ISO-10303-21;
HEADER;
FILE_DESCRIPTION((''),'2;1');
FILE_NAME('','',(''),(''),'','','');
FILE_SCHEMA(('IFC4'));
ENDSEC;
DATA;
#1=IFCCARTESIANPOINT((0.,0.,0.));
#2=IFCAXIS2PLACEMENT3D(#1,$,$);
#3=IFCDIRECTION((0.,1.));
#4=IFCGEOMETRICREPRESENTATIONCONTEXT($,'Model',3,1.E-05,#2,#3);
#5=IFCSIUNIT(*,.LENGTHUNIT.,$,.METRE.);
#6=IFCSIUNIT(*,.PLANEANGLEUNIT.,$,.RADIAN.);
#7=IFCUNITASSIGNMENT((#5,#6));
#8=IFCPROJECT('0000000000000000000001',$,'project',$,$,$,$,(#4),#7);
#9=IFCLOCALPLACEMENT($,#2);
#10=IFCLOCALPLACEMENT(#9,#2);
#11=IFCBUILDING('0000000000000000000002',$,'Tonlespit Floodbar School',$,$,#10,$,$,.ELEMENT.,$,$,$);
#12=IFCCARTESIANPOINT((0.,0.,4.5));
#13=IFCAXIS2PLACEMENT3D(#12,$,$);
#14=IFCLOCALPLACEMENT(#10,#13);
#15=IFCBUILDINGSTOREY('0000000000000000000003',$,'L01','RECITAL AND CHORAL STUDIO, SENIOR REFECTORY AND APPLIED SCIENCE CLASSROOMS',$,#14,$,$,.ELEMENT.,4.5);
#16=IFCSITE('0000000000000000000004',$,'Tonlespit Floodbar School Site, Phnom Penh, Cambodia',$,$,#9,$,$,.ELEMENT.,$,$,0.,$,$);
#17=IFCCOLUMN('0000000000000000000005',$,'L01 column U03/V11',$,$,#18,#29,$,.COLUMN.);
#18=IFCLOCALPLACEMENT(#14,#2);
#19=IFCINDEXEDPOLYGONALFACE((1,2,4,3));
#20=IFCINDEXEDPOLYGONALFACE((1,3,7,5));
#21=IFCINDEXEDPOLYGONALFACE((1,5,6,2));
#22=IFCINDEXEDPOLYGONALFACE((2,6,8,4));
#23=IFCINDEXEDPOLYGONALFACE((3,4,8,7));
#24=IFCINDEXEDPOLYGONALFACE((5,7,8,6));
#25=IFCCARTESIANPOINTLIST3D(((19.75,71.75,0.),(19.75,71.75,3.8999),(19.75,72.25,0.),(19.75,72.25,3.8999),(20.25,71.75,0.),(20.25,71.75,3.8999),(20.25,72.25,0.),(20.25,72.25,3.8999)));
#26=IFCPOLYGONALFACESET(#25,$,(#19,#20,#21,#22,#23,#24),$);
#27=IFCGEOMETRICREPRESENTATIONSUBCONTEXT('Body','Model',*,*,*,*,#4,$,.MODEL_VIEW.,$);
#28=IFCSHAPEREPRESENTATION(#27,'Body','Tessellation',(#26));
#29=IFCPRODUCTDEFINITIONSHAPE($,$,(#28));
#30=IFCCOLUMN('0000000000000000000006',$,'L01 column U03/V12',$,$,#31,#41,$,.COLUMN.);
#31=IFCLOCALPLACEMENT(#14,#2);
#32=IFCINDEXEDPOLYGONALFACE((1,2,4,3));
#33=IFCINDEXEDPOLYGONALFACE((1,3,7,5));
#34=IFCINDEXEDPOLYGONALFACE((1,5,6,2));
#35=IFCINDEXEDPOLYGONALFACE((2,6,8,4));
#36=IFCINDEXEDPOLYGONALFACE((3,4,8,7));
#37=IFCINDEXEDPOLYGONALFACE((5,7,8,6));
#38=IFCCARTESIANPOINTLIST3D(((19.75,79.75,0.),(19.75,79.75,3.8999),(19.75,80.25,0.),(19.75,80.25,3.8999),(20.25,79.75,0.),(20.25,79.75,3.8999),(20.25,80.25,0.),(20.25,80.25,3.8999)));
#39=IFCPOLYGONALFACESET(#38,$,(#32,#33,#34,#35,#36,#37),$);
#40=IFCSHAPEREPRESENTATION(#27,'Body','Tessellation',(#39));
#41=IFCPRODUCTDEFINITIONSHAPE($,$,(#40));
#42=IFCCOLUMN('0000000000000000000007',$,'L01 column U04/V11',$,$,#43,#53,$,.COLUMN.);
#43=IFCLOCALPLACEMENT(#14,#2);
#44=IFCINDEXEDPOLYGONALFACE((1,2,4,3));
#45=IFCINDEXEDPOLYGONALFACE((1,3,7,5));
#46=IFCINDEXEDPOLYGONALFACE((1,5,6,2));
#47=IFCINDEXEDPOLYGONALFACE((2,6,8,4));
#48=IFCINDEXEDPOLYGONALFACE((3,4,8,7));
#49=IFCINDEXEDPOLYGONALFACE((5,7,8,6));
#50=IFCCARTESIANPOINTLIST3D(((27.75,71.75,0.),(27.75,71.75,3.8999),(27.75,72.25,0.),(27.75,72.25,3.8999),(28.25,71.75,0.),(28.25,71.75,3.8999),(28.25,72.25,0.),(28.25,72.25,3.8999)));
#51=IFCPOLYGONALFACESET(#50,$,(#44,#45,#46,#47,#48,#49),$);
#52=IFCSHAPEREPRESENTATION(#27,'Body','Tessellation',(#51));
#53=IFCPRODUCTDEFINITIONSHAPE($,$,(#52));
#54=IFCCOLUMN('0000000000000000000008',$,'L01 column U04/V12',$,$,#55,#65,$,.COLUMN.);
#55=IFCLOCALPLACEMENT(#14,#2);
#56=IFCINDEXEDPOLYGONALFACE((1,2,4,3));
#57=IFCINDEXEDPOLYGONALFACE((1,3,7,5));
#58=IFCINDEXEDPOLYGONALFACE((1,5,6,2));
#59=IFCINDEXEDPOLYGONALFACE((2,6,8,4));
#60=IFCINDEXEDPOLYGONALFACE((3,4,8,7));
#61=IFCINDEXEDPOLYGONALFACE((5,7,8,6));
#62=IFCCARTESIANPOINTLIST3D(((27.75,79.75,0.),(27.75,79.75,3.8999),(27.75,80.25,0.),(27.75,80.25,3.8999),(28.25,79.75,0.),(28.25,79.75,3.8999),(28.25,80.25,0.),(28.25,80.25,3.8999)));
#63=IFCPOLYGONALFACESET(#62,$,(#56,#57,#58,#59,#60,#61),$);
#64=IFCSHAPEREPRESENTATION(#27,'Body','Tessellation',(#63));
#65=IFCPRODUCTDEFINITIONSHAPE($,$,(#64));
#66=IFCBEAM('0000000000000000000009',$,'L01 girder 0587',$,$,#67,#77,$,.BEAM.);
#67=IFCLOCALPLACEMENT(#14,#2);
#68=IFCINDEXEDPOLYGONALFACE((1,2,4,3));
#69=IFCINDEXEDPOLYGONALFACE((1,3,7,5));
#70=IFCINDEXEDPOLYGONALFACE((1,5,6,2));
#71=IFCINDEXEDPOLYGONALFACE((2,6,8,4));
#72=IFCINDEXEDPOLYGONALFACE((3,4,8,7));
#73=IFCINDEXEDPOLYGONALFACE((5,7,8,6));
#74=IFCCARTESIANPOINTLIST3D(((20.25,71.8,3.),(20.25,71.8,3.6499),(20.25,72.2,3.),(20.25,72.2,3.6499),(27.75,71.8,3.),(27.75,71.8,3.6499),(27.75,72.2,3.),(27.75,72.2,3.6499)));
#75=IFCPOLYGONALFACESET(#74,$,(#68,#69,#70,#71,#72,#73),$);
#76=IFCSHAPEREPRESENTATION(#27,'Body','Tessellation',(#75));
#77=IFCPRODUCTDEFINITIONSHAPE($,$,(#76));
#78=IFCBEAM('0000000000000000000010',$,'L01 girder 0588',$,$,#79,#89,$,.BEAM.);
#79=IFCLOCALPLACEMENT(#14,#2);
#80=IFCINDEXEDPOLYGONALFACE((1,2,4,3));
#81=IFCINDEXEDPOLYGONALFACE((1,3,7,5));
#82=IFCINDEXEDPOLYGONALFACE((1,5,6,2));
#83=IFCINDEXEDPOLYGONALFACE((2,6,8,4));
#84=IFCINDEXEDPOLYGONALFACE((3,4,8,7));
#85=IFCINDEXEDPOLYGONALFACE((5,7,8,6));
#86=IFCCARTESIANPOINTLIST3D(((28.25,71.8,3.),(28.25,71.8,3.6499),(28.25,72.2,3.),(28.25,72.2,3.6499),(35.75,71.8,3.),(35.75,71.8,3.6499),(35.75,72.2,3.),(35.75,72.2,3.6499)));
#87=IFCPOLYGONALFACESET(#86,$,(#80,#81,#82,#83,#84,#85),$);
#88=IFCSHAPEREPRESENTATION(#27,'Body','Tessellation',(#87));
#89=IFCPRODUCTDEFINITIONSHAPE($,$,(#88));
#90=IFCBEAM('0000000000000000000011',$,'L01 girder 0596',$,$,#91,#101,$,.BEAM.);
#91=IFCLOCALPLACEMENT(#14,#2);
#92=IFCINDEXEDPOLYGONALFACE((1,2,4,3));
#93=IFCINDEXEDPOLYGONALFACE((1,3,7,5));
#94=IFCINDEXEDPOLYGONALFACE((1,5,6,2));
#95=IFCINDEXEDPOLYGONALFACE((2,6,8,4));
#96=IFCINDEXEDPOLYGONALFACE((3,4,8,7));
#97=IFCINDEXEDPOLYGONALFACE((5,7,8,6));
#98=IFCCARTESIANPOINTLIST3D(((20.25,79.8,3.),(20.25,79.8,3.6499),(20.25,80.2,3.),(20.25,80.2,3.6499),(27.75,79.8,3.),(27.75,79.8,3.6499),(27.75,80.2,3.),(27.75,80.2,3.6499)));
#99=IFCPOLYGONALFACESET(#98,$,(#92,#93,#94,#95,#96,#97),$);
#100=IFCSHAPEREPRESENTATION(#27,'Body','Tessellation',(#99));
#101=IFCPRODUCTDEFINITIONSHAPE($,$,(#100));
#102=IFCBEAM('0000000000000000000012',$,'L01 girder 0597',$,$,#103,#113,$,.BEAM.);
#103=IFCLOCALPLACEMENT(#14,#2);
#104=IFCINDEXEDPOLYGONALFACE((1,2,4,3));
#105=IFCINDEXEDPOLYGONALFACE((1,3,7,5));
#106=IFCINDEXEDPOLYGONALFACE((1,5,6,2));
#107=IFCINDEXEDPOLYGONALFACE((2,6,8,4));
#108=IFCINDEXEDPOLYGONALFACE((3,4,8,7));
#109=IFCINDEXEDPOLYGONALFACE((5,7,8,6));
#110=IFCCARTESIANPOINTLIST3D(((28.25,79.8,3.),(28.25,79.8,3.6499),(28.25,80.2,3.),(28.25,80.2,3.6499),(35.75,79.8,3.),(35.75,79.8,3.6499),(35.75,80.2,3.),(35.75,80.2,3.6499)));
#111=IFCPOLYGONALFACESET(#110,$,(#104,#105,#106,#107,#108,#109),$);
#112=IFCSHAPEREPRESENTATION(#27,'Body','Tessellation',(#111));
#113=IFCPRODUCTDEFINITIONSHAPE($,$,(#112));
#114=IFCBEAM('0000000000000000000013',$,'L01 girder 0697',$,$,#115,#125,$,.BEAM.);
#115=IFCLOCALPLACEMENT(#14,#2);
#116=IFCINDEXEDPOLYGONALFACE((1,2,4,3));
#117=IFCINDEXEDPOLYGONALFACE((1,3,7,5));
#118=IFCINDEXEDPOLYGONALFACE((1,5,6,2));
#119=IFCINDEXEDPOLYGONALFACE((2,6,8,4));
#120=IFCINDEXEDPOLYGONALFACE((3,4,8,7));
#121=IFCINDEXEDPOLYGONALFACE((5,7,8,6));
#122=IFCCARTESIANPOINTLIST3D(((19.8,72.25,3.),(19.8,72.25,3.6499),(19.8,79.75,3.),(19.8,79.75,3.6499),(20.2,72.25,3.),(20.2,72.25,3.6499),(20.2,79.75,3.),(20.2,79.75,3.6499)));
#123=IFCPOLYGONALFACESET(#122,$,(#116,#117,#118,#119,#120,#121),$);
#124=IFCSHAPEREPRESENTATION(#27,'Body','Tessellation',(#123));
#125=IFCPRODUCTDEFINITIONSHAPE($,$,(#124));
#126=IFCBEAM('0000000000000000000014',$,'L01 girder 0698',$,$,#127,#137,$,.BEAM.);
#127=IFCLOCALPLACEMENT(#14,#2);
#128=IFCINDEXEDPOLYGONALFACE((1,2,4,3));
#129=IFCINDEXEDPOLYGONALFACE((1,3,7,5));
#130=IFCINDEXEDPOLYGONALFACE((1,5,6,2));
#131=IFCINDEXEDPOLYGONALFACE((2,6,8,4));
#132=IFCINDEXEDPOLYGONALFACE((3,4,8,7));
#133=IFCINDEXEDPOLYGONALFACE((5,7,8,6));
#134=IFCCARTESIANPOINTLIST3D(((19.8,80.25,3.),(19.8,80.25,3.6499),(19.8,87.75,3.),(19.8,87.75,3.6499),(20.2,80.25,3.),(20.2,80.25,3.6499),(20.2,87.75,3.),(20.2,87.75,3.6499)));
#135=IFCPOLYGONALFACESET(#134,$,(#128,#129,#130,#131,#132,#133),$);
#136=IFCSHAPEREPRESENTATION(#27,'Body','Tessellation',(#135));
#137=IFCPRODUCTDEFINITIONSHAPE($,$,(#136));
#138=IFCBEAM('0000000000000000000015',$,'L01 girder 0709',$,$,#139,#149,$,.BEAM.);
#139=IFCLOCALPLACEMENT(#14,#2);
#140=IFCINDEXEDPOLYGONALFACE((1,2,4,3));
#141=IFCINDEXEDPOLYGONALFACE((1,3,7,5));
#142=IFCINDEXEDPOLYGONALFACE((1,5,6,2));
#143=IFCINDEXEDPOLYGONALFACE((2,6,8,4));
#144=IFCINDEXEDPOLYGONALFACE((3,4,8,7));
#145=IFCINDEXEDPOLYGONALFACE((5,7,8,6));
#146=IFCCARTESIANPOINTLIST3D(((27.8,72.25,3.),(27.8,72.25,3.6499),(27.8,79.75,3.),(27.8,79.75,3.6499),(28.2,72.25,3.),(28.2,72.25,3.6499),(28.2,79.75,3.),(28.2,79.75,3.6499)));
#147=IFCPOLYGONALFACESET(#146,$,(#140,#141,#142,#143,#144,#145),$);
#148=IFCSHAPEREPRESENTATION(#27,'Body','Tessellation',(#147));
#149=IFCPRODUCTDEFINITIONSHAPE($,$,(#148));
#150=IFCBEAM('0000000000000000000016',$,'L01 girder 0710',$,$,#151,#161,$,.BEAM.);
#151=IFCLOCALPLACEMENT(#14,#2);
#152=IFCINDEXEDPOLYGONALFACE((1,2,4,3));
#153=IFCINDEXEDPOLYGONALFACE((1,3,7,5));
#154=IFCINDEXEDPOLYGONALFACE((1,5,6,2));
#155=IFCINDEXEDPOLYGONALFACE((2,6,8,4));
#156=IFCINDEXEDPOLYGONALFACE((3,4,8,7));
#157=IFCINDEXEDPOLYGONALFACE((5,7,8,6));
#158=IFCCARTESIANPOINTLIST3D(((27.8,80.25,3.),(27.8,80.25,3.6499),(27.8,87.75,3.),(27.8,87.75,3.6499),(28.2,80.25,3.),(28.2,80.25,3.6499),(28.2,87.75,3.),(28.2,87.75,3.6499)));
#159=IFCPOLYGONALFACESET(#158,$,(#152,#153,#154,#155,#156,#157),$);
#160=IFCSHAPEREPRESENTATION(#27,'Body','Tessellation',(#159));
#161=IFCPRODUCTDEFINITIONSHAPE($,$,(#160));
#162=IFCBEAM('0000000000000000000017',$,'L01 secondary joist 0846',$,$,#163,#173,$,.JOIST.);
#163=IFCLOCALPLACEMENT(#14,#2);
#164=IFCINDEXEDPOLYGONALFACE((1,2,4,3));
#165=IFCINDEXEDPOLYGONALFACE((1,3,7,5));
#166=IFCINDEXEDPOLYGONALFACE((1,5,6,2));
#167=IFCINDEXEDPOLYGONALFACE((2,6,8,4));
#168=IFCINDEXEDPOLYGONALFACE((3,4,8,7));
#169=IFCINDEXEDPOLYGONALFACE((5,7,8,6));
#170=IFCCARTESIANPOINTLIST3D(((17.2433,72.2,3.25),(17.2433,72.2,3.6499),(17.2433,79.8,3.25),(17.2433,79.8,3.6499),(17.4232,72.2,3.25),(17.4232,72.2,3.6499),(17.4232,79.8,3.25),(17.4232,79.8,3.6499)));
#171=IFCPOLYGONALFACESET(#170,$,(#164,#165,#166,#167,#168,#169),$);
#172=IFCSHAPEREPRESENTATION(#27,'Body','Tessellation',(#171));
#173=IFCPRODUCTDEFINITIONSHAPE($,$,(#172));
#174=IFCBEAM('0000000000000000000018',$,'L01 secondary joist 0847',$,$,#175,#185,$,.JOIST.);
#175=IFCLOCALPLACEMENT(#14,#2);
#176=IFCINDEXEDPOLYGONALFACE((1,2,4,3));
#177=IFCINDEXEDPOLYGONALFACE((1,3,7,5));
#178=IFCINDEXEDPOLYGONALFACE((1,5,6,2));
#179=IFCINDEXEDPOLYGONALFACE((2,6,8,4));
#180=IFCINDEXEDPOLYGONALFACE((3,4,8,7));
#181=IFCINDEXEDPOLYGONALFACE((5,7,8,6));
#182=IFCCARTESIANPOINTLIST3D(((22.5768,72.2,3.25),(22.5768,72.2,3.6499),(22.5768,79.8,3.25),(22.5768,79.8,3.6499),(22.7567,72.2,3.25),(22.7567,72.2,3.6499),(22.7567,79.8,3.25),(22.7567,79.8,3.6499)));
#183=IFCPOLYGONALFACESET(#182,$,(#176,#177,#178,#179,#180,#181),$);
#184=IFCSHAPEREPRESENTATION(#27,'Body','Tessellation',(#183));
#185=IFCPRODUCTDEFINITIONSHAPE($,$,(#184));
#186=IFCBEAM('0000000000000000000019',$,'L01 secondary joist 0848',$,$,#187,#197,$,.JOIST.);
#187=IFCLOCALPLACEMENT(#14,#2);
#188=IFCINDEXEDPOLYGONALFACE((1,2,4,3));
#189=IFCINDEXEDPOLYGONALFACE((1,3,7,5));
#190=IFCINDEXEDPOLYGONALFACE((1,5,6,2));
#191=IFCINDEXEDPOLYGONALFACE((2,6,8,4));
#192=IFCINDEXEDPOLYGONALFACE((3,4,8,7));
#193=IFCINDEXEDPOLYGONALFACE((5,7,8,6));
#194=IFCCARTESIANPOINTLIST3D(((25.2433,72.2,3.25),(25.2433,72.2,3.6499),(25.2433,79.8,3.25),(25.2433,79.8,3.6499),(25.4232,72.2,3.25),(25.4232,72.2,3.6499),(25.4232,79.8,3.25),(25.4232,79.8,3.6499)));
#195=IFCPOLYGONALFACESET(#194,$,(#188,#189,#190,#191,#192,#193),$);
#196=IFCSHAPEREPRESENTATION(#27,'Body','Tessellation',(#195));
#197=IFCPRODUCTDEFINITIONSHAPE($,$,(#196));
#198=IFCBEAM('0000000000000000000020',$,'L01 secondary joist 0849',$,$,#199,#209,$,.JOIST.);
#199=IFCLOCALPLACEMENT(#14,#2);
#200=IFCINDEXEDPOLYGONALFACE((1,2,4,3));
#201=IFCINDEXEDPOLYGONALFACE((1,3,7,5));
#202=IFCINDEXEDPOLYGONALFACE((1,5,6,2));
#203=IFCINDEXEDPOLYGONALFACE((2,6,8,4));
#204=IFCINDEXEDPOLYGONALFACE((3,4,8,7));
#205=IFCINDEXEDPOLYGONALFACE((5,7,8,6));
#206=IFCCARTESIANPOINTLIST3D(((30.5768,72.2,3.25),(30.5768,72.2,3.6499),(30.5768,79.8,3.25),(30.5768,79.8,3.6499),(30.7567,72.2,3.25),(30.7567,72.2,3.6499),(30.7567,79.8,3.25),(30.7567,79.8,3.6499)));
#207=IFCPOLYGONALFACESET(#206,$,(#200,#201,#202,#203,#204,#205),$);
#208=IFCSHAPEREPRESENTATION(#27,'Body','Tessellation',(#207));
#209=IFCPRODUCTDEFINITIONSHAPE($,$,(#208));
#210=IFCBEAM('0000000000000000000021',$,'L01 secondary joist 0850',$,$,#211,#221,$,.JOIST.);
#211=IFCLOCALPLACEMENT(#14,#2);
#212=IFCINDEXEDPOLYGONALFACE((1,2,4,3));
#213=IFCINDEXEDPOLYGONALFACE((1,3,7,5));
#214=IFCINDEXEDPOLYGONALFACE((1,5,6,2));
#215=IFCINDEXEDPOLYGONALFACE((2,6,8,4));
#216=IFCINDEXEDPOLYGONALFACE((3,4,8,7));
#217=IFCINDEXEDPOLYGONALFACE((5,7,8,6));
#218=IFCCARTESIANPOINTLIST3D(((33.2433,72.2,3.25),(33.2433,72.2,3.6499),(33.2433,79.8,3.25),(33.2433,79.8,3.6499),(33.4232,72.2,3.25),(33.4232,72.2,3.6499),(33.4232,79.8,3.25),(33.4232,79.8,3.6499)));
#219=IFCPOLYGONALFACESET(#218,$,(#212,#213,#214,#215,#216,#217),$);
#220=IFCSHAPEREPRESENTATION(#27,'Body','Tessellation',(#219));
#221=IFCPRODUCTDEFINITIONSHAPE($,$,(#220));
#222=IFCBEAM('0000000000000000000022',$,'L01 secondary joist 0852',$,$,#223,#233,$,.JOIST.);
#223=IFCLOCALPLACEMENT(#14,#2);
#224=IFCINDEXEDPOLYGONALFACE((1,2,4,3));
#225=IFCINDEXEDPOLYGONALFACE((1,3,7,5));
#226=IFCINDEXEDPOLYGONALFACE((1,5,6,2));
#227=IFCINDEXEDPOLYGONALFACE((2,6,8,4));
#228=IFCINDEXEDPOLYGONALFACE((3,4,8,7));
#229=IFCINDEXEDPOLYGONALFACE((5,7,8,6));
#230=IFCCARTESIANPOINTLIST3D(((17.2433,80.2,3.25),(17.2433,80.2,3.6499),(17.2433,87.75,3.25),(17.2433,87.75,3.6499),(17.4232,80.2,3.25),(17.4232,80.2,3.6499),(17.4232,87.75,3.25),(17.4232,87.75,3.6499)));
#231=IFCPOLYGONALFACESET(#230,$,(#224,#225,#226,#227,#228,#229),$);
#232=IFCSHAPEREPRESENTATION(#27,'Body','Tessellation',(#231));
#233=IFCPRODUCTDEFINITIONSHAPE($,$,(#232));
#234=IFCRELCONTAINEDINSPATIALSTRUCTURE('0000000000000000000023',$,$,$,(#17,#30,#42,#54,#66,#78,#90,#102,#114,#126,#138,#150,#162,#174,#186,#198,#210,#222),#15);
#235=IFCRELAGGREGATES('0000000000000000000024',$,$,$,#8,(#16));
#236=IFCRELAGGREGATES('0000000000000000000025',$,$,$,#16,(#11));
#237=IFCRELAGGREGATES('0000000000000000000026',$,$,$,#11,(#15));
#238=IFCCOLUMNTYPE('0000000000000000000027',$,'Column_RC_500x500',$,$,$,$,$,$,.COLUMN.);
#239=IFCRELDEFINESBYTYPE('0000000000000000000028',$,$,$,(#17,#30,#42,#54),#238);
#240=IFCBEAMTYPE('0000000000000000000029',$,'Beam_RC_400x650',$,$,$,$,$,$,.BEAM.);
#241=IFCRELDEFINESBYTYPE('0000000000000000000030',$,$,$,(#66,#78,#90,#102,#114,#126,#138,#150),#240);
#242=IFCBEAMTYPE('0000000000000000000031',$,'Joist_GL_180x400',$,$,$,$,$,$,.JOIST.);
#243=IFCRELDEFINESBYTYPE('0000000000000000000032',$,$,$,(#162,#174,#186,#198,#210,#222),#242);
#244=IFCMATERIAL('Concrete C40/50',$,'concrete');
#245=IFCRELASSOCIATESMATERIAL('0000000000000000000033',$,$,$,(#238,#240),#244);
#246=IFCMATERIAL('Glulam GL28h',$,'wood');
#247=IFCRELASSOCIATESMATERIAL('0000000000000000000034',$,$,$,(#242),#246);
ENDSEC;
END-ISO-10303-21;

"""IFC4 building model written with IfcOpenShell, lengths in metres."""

from ifc_helpers import new_model, si_unit, direction, frame, origin, origin_2d, place, context, subcontext, project, spatial, rectangle, extrude, material, material_profile, profile_set, type_object, element, save


model = new_model("IFC4")

# Units and contexts
model_context = context("Model", 3, precision=1e-05, world=origin(), true_north=direction((0.0, 1.0)))
body_context = subcontext(model_context, "Body", "Model", "MODEL_VIEW")
ifc_project = project(units=[si_unit("LENGTHUNIT", "METRE"), si_unit("PLANEANGLEUNIT", "RADIAN")], contexts=[model_context])

# Site, building, storey
site_placement = place(None, origin())
site = spatial("IfcSite", under=ifc_project, at=site_placement, Name="Tonlespit Floodbar School Site, Phnom Penh, Cambodia", CompositionType="ELEMENT", RefElevation=0.0)
building_placement = place(site_placement, origin())
building = spatial("IfcBuilding", under=site, at=building_placement, Name="Tonlespit Floodbar School", CompositionType="ELEMENT")
storey_placement = place(building_placement, frame((0.0, 0.0, 4.5)))
storey = spatial("IfcBuildingStorey", under=building, at=storey_placement, Name="L01", Description="RECITAL AND CHORAL STUDIO, SENIOR REFECTORY AND APPLIED SCIENCE CLASSROOMS", CompositionType="ELEMENT", Elevation=4.5)

# Columns
ifc_material_1 = material(Name="Concrete C40/50", Category="concrete")
ifc_material_profile_1 = material_profile(ifc_material_1, rectangle(XDim=0.5, YDim=0.5, at=origin_2d()), Name="RC 500x500")
ifc_profile_set_1 = profile_set([ifc_material_profile_1], Name="Concrete C40/50")
column_type = type_object("IfcColumnType", Name="Column_RC_500x500", PredefinedType="COLUMN", material=ifc_profile_set_1)
for number, where, z_axis, x_axis, name in (
    (1, (20.0, 72.0, 0.0), (0.0, 0.0, 1.0), (1.0, 0.0, 0.0), "L01 column U03/V11"),
    (2, (20.0, 80.0, 0.0), (0.0, 0.0, 1.0), (1.0, 0.0, 0.0), "L01 column U03/V12"),
    (3, (28.0, 72.0, 0.0), (0.0, 0.0, 1.0), (1.0, 0.0, 0.0), "L01 column U04/V11"),
    (4, (28.0, 80.0, 0.0), (0.0, 0.0, 1.0), (1.0, 0.0, 0.0), "L01 column U04/V12"),
):
    element("IfcColumn", number, at=place(storey_placement, frame(where, z_axis=z_axis, x_axis=x_axis)), inside=storey, type_object=column_type, Name=name, PredefinedType="COLUMN", context=body_context, shape_type="SweptSolid", body=[
        extrude(rectangle(XDim=0.5, YDim=0.5, at=origin_2d()), origin(), (0.0, 0.0, 1.0), 3.8999),
    ])

# Beams
ifc_material_profile_2 = material_profile(ifc_material_1, rectangle(XDim=0.3999, YDim=0.6499, at=origin_2d()), Name="RC 400x650")
ifc_profile_set_2 = profile_set([ifc_material_profile_2], Name="Concrete C40/50")
beam_type_1 = type_object("IfcBeamType", Name="Beam_RC_400x650", PredefinedType="BEAM", material=ifc_profile_set_2)
for number, where, z_axis, x_axis, name in (
    (5, (20.25, 72.0, 3.325), (1.0, 0.0, 0.0), (0.0, 1.0, 0.0), "L01 girder 0587"),
    (6, (28.25, 72.0, 3.325), (1.0, 0.0, 0.0), (0.0, 1.0, 0.0), "L01 girder 0588"),
    (7, (20.25, 80.0, 3.325), (1.0, 0.0, 0.0), (0.0, 1.0, 0.0), "L01 girder 0596"),
    (8, (28.25, 80.0, 3.325), (1.0, 0.0, 0.0), (0.0, 1.0, 0.0), "L01 girder 0597"),
    (9, (20.0, 72.25, 3.325), (0.0, 1.0, 0.0), (-1.0, 0.0, 0.0), "L01 girder 0697"),
    (10, (20.0, 80.25, 3.325), (0.0, 1.0, 0.0), (-1.0, 0.0, 0.0), "L01 girder 0698"),
    (11, (28.0, 72.25, 3.325), (0.0, 1.0, 0.0), (-1.0, 0.0, 0.0), "L01 girder 0709"),
    (12, (28.0, 80.25, 3.325), (0.0, 1.0, 0.0), (-1.0, 0.0, 0.0), "L01 girder 0710"),
):
    element("IfcBeam", number, at=place(storey_placement, frame(where, z_axis=z_axis, x_axis=x_axis)), inside=storey, type_object=beam_type_1, Name=name, PredefinedType="BEAM", context=body_context, shape_type="SweptSolid", body=[
        extrude(rectangle(XDim=0.3999, YDim=0.6499, at=origin_2d()), origin(), (0.0, 0.0, 1.0), 7.5),
    ])
ifc_material_2 = material(Name="Glulam GL28h", Category="wood")
ifc_material_profile_3 = material_profile(ifc_material_2, rectangle(XDim=0.1799, YDim=0.3999, at=origin_2d()), Name="GL 180x400")
ifc_profile_set_3 = profile_set([ifc_material_profile_3], Name="Glulam GL28h")
beam_type_2 = type_object("IfcBeamType", Name="Joist_GL_180x400", PredefinedType="JOIST", material=ifc_profile_set_3)
for number, where, z_axis, x_axis, name in (
    (13, (17.3333, 72.2, 3.45), (0.0, 1.0, 0.0), (-1.0, 0.0, 0.0), "L01 secondary joist 0846"),
    (14, (22.6667, 72.2, 3.45), (0.0, 1.0, 0.0), (-1.0, 0.0, 0.0), "L01 secondary joist 0847"),
    (15, (25.3333, 72.2, 3.45), (0.0, 1.0, 0.0), (-1.0, 0.0, 0.0), "L01 secondary joist 0848"),
    (16, (30.6667, 72.2, 3.45), (0.0, 1.0, 0.0), (-1.0, 0.0, 0.0), "L01 secondary joist 0849"),
    (17, (33.3333, 72.2, 3.45), (0.0, 1.0, 0.0), (-1.0, 0.0, 0.0), "L01 secondary joist 0850"),
):
    element("IfcBeam", number, at=place(storey_placement, frame(where, z_axis=z_axis, x_axis=x_axis)), inside=storey, type_object=beam_type_2, Name=name, PredefinedType="JOIST", context=body_context, shape_type="SweptSolid", body=[
        extrude(rectangle(XDim=0.1799, YDim=0.3999, at=origin_2d()), origin(), (0.0, 0.0, 1.0), 7.6001),
    ])
for number, where, z_axis, x_axis, name in (
    (18, (17.3333, 80.2, 3.45), (0.0, 1.0, 0.0), (-1.0, 0.0, 0.0), "L01 secondary joist 0852"),
):
    element("IfcBeam", number, at=place(storey_placement, frame(where, z_axis=z_axis, x_axis=x_axis)), inside=storey, type_object=beam_type_2, Name=name, PredefinedType="JOIST", context=body_context, shape_type="SweptSolid", body=[
        extrude(rectangle(XDim=0.1799, YDim=0.3999, at=origin_2d()), origin(), (0.0, 0.0, 1.0), 7.55),
    ])

save(model, "model.ifc")
